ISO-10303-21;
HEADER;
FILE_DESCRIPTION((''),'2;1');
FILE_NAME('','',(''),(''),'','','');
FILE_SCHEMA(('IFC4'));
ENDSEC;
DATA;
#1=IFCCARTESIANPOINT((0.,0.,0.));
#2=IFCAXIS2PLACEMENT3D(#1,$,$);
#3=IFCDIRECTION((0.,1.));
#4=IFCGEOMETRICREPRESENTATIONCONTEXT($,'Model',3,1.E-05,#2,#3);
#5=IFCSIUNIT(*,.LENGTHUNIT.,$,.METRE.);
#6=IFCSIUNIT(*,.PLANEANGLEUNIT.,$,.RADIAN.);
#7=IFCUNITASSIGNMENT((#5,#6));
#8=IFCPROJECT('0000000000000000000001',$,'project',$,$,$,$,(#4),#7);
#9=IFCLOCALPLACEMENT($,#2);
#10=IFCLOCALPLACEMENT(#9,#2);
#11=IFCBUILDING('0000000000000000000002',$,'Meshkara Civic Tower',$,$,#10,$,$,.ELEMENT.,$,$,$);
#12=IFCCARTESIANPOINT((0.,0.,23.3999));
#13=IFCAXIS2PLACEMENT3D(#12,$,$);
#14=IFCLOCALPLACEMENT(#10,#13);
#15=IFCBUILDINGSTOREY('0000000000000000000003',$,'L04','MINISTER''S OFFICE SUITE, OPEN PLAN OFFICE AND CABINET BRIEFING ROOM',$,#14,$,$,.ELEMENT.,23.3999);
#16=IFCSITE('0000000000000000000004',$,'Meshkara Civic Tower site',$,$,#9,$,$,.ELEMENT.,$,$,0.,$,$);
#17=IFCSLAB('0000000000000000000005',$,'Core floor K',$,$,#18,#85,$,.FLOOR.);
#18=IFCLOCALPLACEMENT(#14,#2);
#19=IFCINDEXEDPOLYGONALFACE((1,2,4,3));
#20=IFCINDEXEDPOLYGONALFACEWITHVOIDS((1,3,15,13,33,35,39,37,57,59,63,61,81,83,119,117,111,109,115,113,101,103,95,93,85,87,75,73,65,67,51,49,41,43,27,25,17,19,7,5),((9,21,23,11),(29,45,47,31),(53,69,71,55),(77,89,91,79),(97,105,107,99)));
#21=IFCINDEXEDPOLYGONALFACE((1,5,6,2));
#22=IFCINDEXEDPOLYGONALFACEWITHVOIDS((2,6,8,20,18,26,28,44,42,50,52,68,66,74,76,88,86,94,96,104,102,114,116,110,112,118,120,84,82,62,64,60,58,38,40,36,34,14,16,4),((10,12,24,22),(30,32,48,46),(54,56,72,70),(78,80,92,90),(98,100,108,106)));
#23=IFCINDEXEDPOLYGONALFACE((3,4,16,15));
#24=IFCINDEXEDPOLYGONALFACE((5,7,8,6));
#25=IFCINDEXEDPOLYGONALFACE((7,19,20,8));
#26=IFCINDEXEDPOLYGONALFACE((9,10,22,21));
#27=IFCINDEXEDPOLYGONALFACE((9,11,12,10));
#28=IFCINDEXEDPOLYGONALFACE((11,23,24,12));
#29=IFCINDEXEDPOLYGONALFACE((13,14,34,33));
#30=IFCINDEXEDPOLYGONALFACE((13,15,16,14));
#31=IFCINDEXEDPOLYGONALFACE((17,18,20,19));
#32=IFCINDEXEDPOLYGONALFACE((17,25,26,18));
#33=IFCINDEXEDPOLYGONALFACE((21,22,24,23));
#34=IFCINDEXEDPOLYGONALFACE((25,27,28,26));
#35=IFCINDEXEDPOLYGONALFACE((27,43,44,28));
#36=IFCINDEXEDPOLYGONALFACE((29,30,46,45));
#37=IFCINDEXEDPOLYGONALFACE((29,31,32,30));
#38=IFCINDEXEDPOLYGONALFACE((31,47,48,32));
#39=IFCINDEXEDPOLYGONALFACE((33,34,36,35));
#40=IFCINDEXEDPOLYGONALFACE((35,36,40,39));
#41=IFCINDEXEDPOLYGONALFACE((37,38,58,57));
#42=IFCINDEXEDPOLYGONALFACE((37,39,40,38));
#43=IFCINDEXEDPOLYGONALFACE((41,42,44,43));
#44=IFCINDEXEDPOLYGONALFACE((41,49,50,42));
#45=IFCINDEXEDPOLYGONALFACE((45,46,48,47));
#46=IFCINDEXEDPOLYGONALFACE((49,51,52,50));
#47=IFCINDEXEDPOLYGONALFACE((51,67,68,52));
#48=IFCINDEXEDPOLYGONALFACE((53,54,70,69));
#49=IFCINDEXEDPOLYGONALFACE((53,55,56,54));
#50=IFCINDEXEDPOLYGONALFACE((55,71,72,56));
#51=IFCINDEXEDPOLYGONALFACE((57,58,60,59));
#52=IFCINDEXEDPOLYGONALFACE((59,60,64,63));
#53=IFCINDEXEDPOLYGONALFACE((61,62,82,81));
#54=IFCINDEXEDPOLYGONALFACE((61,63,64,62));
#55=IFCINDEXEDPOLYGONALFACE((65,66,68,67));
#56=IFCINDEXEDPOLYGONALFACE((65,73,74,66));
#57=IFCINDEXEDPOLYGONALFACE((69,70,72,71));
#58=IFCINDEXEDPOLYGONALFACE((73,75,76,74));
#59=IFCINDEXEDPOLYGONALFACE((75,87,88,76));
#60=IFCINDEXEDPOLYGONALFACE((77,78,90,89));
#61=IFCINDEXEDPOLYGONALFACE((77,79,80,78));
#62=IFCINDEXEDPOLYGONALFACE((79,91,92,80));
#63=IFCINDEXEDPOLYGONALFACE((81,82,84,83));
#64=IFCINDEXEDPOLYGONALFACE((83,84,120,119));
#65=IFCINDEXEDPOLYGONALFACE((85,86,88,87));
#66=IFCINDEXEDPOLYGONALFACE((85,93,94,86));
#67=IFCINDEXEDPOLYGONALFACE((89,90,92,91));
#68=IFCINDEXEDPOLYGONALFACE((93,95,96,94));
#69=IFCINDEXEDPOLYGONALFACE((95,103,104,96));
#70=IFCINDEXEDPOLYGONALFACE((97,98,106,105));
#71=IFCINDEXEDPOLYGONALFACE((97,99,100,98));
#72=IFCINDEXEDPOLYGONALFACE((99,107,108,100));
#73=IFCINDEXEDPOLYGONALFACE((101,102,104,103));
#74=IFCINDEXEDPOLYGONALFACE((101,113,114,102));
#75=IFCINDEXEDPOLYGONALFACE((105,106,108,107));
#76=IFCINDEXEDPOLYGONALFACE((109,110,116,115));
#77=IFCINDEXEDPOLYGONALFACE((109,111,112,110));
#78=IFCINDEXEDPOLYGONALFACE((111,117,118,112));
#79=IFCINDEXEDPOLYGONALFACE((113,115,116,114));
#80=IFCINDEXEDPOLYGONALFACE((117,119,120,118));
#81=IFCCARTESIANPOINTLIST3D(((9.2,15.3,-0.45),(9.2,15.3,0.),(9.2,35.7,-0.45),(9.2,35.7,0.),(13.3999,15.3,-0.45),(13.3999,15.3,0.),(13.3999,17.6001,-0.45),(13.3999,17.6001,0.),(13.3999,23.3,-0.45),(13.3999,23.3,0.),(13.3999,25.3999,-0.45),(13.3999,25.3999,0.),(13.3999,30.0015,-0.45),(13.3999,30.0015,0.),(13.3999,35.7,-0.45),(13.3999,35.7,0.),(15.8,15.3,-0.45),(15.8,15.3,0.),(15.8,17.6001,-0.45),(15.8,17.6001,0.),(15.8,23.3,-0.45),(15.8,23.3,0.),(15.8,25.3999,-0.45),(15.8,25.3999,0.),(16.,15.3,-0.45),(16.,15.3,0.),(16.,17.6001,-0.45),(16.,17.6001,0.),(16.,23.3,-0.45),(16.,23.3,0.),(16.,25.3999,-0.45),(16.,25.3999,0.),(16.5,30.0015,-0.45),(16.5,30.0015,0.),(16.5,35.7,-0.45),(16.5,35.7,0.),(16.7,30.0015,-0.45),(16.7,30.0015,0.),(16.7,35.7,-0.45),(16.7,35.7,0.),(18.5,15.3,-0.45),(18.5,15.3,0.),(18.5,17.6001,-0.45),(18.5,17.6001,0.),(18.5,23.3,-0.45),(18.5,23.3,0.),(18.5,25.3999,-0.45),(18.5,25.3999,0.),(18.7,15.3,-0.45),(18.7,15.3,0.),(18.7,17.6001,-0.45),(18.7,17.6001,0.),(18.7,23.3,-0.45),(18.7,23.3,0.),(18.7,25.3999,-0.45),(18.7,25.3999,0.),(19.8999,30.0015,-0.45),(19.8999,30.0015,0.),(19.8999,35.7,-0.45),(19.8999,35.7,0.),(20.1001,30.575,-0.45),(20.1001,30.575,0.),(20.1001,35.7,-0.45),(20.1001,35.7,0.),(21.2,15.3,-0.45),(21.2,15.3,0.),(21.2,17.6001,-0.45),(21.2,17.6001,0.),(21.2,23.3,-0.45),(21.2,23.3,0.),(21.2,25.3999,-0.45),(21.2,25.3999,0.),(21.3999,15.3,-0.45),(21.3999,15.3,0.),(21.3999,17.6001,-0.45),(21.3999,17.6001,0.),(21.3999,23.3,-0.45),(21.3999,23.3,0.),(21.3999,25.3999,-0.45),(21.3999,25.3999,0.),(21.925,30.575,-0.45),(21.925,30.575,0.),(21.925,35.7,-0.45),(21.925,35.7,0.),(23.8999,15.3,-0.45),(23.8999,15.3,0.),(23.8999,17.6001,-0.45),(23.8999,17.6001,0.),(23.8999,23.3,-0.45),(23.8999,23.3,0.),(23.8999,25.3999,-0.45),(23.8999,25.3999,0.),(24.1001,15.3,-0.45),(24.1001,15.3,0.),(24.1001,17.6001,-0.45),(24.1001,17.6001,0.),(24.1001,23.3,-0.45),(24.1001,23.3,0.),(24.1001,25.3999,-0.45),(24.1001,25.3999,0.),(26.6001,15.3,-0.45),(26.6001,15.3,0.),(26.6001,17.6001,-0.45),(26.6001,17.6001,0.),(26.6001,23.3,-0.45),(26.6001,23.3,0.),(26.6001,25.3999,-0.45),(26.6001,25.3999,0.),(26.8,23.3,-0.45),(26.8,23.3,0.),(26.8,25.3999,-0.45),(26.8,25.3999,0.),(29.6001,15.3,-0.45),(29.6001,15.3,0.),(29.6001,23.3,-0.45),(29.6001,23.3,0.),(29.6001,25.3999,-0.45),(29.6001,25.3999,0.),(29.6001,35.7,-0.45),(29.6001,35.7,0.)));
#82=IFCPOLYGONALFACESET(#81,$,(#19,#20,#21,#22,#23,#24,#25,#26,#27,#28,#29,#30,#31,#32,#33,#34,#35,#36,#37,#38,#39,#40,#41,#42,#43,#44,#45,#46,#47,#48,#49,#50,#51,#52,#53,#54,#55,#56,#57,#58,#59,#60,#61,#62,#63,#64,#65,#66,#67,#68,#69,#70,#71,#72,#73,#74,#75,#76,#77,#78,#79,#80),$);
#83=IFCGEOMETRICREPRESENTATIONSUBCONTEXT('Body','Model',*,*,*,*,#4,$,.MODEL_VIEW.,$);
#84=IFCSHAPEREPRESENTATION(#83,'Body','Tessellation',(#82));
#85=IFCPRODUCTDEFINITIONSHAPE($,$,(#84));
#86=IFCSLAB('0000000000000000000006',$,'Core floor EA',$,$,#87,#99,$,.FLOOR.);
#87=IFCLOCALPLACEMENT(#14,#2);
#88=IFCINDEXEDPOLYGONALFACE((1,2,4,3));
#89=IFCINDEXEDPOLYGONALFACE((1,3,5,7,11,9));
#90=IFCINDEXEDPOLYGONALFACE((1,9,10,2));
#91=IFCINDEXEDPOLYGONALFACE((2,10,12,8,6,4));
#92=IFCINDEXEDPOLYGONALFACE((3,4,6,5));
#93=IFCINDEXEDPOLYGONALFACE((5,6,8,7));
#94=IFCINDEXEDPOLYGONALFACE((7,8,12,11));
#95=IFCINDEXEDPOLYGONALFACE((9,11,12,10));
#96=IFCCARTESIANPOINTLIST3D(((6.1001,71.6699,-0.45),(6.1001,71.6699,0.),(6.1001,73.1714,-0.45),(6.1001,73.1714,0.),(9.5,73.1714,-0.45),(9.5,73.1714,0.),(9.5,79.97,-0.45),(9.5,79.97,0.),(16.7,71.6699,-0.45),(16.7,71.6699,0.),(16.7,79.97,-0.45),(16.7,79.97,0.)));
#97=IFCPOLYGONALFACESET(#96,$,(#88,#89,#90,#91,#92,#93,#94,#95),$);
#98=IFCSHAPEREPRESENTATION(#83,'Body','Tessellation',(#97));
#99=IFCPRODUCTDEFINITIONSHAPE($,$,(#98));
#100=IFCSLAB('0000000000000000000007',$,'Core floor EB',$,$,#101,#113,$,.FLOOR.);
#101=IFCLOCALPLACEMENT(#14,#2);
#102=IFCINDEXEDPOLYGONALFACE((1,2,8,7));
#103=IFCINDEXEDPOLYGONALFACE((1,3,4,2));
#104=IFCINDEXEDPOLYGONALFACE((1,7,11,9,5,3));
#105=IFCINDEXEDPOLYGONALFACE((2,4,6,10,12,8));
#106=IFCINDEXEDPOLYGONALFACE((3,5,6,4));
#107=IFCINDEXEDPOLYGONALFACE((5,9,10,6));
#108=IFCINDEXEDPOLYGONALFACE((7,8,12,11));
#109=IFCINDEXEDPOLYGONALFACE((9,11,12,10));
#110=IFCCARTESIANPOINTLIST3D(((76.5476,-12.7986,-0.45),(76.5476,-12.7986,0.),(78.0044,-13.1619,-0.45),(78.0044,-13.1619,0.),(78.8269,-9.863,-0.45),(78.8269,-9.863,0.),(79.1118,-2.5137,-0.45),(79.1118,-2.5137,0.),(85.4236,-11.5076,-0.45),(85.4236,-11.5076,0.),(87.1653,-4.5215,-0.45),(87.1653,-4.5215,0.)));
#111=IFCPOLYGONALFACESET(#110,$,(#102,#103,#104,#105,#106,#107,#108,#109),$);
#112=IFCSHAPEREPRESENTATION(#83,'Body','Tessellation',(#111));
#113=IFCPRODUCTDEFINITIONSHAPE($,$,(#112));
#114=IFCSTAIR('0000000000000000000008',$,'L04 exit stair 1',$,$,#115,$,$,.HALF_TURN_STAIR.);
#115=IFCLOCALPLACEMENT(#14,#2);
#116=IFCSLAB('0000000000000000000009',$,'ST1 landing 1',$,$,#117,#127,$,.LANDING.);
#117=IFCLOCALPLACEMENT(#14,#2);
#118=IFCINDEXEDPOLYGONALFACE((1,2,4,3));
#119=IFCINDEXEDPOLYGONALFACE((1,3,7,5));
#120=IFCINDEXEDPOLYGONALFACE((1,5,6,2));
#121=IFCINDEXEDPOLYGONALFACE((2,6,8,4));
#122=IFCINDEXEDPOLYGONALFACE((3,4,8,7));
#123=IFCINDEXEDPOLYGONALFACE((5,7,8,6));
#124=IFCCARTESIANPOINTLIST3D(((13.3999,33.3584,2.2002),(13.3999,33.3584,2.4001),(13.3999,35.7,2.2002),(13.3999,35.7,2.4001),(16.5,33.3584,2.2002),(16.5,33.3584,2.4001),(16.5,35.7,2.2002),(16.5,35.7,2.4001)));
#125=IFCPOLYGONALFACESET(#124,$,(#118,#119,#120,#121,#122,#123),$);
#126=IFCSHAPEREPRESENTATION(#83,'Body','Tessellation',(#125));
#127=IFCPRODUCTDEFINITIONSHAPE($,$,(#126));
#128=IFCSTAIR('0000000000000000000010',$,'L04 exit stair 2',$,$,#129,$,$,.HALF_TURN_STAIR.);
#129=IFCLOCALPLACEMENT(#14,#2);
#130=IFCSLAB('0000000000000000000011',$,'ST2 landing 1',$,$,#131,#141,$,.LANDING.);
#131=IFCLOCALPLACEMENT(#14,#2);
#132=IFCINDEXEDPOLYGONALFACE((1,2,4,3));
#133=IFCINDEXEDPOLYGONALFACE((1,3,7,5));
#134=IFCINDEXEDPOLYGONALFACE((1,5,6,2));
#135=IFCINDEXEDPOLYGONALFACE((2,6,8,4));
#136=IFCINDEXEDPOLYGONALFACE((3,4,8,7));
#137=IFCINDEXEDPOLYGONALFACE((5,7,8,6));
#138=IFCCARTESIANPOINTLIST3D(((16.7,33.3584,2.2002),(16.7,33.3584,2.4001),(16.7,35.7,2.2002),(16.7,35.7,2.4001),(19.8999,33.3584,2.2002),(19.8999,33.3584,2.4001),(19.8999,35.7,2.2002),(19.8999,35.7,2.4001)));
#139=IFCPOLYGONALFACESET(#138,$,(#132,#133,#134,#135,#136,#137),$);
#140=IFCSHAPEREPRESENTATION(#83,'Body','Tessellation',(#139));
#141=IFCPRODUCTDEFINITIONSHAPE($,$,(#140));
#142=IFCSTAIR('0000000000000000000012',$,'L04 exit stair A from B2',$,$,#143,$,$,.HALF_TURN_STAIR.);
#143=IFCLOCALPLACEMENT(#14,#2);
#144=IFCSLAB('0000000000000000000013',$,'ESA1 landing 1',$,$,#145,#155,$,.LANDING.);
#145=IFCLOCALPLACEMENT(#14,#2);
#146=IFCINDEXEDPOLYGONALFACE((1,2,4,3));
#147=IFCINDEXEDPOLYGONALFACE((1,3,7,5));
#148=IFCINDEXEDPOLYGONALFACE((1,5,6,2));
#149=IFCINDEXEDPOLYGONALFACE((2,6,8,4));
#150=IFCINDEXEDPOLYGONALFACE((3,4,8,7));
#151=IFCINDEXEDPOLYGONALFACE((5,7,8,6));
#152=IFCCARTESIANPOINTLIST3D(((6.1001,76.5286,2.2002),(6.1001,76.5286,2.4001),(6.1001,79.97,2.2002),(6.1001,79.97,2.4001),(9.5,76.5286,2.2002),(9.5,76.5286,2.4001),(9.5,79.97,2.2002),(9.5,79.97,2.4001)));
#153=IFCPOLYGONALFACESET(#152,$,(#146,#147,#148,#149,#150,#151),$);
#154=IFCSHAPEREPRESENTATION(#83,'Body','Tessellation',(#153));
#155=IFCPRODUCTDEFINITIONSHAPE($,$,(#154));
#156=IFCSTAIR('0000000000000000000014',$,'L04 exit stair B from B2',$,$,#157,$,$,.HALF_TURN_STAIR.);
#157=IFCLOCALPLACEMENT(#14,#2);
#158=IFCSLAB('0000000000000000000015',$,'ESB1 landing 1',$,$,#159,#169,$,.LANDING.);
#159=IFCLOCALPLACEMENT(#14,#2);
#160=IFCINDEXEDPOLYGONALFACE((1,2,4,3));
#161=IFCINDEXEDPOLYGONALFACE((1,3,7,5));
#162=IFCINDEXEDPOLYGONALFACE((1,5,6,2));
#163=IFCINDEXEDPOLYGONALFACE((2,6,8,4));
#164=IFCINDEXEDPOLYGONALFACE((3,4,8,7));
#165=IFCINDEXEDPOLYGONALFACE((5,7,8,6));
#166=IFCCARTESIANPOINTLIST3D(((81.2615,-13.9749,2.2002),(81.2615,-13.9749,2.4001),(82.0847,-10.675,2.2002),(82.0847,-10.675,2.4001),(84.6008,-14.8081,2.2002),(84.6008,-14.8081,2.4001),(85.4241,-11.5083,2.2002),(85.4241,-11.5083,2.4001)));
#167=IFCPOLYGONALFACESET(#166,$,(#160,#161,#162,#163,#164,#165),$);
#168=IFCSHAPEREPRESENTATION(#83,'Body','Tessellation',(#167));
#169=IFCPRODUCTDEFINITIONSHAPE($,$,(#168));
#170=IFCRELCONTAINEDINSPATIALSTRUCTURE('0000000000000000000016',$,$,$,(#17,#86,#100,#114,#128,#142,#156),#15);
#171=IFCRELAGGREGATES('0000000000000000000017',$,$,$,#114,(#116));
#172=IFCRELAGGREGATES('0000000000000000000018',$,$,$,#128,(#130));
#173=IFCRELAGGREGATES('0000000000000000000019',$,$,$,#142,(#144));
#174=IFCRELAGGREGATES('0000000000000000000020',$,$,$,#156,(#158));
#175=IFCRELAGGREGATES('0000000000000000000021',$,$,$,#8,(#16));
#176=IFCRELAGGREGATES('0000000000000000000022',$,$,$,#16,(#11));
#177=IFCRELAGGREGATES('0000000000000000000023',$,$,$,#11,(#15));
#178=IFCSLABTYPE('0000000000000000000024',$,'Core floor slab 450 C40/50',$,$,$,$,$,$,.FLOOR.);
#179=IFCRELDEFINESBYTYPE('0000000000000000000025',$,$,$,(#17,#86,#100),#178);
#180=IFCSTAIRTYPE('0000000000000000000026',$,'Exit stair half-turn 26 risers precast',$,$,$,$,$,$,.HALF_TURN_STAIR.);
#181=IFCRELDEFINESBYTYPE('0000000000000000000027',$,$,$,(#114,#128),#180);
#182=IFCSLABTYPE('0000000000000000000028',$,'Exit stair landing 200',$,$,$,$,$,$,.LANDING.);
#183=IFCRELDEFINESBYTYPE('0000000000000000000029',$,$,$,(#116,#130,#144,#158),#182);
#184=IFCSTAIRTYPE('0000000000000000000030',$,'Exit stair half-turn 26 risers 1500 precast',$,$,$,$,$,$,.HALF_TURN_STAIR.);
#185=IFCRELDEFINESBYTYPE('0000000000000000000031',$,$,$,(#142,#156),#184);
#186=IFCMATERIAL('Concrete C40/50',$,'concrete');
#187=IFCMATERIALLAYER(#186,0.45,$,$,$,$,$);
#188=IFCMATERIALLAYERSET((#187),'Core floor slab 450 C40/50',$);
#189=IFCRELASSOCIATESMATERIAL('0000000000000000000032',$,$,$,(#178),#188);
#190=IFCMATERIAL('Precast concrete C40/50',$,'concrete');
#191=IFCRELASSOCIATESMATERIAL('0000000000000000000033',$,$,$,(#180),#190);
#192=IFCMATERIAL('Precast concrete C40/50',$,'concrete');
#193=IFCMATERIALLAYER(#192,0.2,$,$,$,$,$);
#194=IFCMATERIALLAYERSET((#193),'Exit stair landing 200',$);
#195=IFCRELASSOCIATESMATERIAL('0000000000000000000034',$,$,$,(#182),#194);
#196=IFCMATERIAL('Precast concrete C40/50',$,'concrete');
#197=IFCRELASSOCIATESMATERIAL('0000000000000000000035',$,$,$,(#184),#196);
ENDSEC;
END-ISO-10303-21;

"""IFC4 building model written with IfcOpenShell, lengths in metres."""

from ifc_helpers import new_model, si_unit, direction, frame, origin, place, context, subcontext, project, spatial, polyline, outline, extrude, material, layer, layer_set, type_object, element, aggregate, save


model = new_model("IFC4")

# Units and contexts
model_context = context("Model", 3, precision=1e-05, world=origin(), true_north=direction((0.0, 1.0)))
body_context = subcontext(model_context, "Body", "Model", "MODEL_VIEW")
ifc_project = project(units=[si_unit("LENGTHUNIT", "METRE"), si_unit("PLANEANGLEUNIT", "RADIAN")], contexts=[model_context])

# Site, building, storey
site_placement = place(None, origin())
site = spatial("IfcSite", under=ifc_project, at=site_placement, Name="Meshkara Civic Tower site", CompositionType="ELEMENT", RefElevation=0.0)
building_placement = place(site_placement, origin())
building = spatial("IfcBuilding", under=site, at=building_placement, Name="Meshkara Civic Tower", CompositionType="ELEMENT")
storey_placement = place(building_placement, frame((0.0, 0.0, 23.3999)))
storey = spatial("IfcBuildingStorey", under=building, at=storey_placement, Name="L04", Description="MINISTER'S OFFICE SUITE, OPEN PLAN OFFICE AND CABINET BRIEFING ROOM", CompositionType="ELEMENT", Elevation=23.3999)

# Slabs
ifc_material_1 = material(Name="Concrete C40/50", Category="concrete")
ifc_layer_1 = layer(ifc_material_1, 0.45)
ifc_layer_set_1 = layer_set([ifc_layer_1], Name="Core floor slab 450 C40/50")
slab_type_1 = type_object("IfcSlabType", Name="Core floor slab 450 C40/50", PredefinedType="FLOOR", material=ifc_layer_set_1)
slab_1_placement = place(storey_placement, frame((0.0, 0.0, -0.45)))
element("IfcSlab", 1, at=slab_1_placement, inside=storey, type_object=slab_type_1, Name="Core floor K", PredefinedType="FLOOR", context=body_context, shape_type="SweptSolid", body=[
    extrude(outline(polyline([(9.2, 35.7), (13.3999, 35.7), (13.3999, 30.0015), (16.5, 30.0015), (16.5, 35.7), (16.7, 35.7), (16.7, 30.0015), (19.8999, 30.0015), (19.8999, 35.7), (20.1001, 35.7), (20.1001, 30.575), (21.925, 30.575), (21.925, 35.7), (29.6001, 35.7), (29.6001, 25.3999), (26.8, 25.3999), (26.8, 23.3), (29.6001, 23.3), (29.6001, 15.3), (26.6001, 15.3), (26.6001, 17.6001), (24.1001, 17.6001), (24.1001, 15.3), (23.8999, 15.3), (23.8999, 17.6001), (21.3999, 17.6001), (21.3999, 15.3), (21.2, 15.3), (21.2, 17.6001), (18.7, 17.6001), (18.7, 15.3), (18.5, 15.3), (18.5, 17.6001), (16.0, 17.6001), (16.0, 15.3), (15.8, 15.3), (15.8, 17.6001), (13.3999, 17.6001), (13.3999, 15.3), (9.2, 15.3), (9.2, 35.7)]), holes=[polyline([(13.3999, 25.3999), (13.3999, 23.3), (15.8, 23.3), (15.8, 25.3999), (13.3999, 25.3999)]), polyline([(18.5, 23.3), (18.5, 25.3999), (16.0, 25.3999), (16.0, 23.3), (18.5, 23.3)]), polyline([(18.7, 25.3999), (18.7, 23.3), (21.2, 23.3), (21.2, 25.3999), (18.7, 25.3999)]), polyline([(23.8999, 23.3), (23.8999, 25.3999), (21.3999, 25.3999), (21.3999, 23.3), (23.8999, 23.3)]), polyline([(26.6001, 23.3), (26.6001, 25.3999), (24.1001, 25.3999), (24.1001, 23.3), (26.6001, 23.3)])]), origin(), (0.0, 0.0, 1.0), 0.45),
])
slab_2_placement = place(storey_placement, frame((0.0, 0.0, -0.45)))
element("IfcSlab", 2, at=slab_2_placement, inside=storey, type_object=slab_type_1, Name="Core floor EA", PredefinedType="FLOOR", context=body_context, shape_type="SweptSolid", body=[
    extrude(outline(polyline([(16.7, 71.6699), (16.7, 79.97), (9.5, 79.97), (9.5, 73.1714), (6.1001, 73.1714), (6.1001, 71.6699), (16.7, 71.6699)])), origin(), (0.0, 0.0, 1.0), 0.45),
])
slab_3_placement = place(storey_placement, frame((0.0, 0.0, -0.45)))
element("IfcSlab", 3, at=slab_3_placement, inside=storey, type_object=slab_type_1, Name="Core floor EB", PredefinedType="FLOOR", context=body_context, shape_type="SweptSolid", body=[
    extrude(outline(polyline([(79.1118, -2.5137), (87.1653, -4.5215), (85.4236, -11.5076), (78.8269, -9.863), (78.0044, -13.1619), (76.5476, -12.7986), (79.1118, -2.5137)])), origin(), (0.0, 0.0, 1.0), 0.45),
])

# Stairs, slabs
ifc_material_2 = material(Name="Precast concrete C40/50", Category="concrete")
stair_type_1 = type_object("IfcStairType", Name="Exit stair half-turn 26 risers precast", PredefinedType="HALF_TURN_STAIR", material=ifc_material_2)
stair_1_placement = place(storey_placement, origin())
stair_1 = element("IfcStair", 4, at=stair_1_placement, inside=storey, type_object=stair_type_1, Name="L04 exit stair 1", PredefinedType="HALF_TURN_STAIR")
ifc_material_3 = material(Name="Precast concrete C40/50", Category="concrete")
ifc_layer_2 = layer(ifc_material_3, 0.2)
ifc_layer_set_2 = layer_set([ifc_layer_2], Name="Exit stair landing 200")
slab_type_2 = type_object("IfcSlabType", Name="Exit stair landing 200", PredefinedType="LANDING", material=ifc_layer_set_2)
slab_4_placement = place(storey_placement, frame((0.0, 0.0, 2.2002)))
slab_4 = element("IfcSlab", 5, at=slab_4_placement, type_object=slab_type_2, Name="ST1 landing 1", PredefinedType="LANDING", context=body_context, shape_type="SweptSolid", body=[
    extrude(outline(polyline([(16.5, 33.3584), (16.5, 35.7), (13.3999, 35.7), (13.3999, 33.3584), (16.5, 33.3584)])), origin(), (0.0, 0.0, 1.0), 0.2),
])
aggregate(stair_1, [slab_4])
stair_2_placement = place(storey_placement, origin())
stair_2 = element("IfcStair", 6, at=stair_2_placement, inside=storey, type_object=stair_type_1, Name="L04 exit stair 2", PredefinedType="HALF_TURN_STAIR")
slab_5_placement = place(storey_placement, frame((0.0, 0.0, 2.2002)))
slab_5 = element("IfcSlab", 7, at=slab_5_placement, type_object=slab_type_2, Name="ST2 landing 1", PredefinedType="LANDING", context=body_context, shape_type="SweptSolid", body=[
    extrude(outline(polyline([(19.8999, 33.3584), (19.8999, 35.7), (16.7, 35.7), (16.7, 33.3584), (19.8999, 33.3584)])), origin(), (0.0, 0.0, 1.0), 0.2),
])
aggregate(stair_2, [slab_5])
ifc_material_4 = material(Name="Precast concrete C40/50", Category="concrete")
stair_type_2 = type_object("IfcStairType", Name="Exit stair half-turn 26 risers 1500 precast", PredefinedType="HALF_TURN_STAIR", material=ifc_material_4)
stair_3_placement = place(storey_placement, origin())
stair_3 = element("IfcStair", 8, at=stair_3_placement, inside=storey, type_object=stair_type_2, Name="L04 exit stair A from B2", PredefinedType="HALF_TURN_STAIR")
slab_6_placement = place(storey_placement, frame((0.0, 0.0, 2.2002)))
slab_6 = element("IfcSlab", 9, at=slab_6_placement, type_object=slab_type_2, Name="ESA1 landing 1", PredefinedType="LANDING", context=body_context, shape_type="SweptSolid", body=[
    extrude(outline(polyline([(9.5, 76.5286), (9.5, 79.97), (6.1001, 79.97), (6.1001, 76.5286), (9.5, 76.5286)])), origin(), (0.0, 0.0, 1.0), 0.2),
])
aggregate(stair_3, [slab_6])
stair_4_placement = place(storey_placement, origin())
stair_4 = element("IfcStair", 10, at=stair_4_placement, inside=storey, type_object=stair_type_2, Name="L04 exit stair B from B2", PredefinedType="HALF_TURN_STAIR")
slab_7_placement = place(storey_placement, frame((0.0, 0.0, 2.2002)))
slab_7 = element("IfcSlab", 11, at=slab_7_placement, type_object=slab_type_2, Name="ESB1 landing 1", PredefinedType="LANDING", context=body_context, shape_type="SweptSolid", body=[
    extrude(outline(polyline([(81.2615, -13.9749), (84.6008, -14.8081), (85.4241, -11.5083), (82.0847, -10.675), (81.2615, -13.9749)])), origin(), (0.0, 0.0, 1.0), 0.2),
])
aggregate(stair_4, [slab_7])

save(model, "model.ifc")
